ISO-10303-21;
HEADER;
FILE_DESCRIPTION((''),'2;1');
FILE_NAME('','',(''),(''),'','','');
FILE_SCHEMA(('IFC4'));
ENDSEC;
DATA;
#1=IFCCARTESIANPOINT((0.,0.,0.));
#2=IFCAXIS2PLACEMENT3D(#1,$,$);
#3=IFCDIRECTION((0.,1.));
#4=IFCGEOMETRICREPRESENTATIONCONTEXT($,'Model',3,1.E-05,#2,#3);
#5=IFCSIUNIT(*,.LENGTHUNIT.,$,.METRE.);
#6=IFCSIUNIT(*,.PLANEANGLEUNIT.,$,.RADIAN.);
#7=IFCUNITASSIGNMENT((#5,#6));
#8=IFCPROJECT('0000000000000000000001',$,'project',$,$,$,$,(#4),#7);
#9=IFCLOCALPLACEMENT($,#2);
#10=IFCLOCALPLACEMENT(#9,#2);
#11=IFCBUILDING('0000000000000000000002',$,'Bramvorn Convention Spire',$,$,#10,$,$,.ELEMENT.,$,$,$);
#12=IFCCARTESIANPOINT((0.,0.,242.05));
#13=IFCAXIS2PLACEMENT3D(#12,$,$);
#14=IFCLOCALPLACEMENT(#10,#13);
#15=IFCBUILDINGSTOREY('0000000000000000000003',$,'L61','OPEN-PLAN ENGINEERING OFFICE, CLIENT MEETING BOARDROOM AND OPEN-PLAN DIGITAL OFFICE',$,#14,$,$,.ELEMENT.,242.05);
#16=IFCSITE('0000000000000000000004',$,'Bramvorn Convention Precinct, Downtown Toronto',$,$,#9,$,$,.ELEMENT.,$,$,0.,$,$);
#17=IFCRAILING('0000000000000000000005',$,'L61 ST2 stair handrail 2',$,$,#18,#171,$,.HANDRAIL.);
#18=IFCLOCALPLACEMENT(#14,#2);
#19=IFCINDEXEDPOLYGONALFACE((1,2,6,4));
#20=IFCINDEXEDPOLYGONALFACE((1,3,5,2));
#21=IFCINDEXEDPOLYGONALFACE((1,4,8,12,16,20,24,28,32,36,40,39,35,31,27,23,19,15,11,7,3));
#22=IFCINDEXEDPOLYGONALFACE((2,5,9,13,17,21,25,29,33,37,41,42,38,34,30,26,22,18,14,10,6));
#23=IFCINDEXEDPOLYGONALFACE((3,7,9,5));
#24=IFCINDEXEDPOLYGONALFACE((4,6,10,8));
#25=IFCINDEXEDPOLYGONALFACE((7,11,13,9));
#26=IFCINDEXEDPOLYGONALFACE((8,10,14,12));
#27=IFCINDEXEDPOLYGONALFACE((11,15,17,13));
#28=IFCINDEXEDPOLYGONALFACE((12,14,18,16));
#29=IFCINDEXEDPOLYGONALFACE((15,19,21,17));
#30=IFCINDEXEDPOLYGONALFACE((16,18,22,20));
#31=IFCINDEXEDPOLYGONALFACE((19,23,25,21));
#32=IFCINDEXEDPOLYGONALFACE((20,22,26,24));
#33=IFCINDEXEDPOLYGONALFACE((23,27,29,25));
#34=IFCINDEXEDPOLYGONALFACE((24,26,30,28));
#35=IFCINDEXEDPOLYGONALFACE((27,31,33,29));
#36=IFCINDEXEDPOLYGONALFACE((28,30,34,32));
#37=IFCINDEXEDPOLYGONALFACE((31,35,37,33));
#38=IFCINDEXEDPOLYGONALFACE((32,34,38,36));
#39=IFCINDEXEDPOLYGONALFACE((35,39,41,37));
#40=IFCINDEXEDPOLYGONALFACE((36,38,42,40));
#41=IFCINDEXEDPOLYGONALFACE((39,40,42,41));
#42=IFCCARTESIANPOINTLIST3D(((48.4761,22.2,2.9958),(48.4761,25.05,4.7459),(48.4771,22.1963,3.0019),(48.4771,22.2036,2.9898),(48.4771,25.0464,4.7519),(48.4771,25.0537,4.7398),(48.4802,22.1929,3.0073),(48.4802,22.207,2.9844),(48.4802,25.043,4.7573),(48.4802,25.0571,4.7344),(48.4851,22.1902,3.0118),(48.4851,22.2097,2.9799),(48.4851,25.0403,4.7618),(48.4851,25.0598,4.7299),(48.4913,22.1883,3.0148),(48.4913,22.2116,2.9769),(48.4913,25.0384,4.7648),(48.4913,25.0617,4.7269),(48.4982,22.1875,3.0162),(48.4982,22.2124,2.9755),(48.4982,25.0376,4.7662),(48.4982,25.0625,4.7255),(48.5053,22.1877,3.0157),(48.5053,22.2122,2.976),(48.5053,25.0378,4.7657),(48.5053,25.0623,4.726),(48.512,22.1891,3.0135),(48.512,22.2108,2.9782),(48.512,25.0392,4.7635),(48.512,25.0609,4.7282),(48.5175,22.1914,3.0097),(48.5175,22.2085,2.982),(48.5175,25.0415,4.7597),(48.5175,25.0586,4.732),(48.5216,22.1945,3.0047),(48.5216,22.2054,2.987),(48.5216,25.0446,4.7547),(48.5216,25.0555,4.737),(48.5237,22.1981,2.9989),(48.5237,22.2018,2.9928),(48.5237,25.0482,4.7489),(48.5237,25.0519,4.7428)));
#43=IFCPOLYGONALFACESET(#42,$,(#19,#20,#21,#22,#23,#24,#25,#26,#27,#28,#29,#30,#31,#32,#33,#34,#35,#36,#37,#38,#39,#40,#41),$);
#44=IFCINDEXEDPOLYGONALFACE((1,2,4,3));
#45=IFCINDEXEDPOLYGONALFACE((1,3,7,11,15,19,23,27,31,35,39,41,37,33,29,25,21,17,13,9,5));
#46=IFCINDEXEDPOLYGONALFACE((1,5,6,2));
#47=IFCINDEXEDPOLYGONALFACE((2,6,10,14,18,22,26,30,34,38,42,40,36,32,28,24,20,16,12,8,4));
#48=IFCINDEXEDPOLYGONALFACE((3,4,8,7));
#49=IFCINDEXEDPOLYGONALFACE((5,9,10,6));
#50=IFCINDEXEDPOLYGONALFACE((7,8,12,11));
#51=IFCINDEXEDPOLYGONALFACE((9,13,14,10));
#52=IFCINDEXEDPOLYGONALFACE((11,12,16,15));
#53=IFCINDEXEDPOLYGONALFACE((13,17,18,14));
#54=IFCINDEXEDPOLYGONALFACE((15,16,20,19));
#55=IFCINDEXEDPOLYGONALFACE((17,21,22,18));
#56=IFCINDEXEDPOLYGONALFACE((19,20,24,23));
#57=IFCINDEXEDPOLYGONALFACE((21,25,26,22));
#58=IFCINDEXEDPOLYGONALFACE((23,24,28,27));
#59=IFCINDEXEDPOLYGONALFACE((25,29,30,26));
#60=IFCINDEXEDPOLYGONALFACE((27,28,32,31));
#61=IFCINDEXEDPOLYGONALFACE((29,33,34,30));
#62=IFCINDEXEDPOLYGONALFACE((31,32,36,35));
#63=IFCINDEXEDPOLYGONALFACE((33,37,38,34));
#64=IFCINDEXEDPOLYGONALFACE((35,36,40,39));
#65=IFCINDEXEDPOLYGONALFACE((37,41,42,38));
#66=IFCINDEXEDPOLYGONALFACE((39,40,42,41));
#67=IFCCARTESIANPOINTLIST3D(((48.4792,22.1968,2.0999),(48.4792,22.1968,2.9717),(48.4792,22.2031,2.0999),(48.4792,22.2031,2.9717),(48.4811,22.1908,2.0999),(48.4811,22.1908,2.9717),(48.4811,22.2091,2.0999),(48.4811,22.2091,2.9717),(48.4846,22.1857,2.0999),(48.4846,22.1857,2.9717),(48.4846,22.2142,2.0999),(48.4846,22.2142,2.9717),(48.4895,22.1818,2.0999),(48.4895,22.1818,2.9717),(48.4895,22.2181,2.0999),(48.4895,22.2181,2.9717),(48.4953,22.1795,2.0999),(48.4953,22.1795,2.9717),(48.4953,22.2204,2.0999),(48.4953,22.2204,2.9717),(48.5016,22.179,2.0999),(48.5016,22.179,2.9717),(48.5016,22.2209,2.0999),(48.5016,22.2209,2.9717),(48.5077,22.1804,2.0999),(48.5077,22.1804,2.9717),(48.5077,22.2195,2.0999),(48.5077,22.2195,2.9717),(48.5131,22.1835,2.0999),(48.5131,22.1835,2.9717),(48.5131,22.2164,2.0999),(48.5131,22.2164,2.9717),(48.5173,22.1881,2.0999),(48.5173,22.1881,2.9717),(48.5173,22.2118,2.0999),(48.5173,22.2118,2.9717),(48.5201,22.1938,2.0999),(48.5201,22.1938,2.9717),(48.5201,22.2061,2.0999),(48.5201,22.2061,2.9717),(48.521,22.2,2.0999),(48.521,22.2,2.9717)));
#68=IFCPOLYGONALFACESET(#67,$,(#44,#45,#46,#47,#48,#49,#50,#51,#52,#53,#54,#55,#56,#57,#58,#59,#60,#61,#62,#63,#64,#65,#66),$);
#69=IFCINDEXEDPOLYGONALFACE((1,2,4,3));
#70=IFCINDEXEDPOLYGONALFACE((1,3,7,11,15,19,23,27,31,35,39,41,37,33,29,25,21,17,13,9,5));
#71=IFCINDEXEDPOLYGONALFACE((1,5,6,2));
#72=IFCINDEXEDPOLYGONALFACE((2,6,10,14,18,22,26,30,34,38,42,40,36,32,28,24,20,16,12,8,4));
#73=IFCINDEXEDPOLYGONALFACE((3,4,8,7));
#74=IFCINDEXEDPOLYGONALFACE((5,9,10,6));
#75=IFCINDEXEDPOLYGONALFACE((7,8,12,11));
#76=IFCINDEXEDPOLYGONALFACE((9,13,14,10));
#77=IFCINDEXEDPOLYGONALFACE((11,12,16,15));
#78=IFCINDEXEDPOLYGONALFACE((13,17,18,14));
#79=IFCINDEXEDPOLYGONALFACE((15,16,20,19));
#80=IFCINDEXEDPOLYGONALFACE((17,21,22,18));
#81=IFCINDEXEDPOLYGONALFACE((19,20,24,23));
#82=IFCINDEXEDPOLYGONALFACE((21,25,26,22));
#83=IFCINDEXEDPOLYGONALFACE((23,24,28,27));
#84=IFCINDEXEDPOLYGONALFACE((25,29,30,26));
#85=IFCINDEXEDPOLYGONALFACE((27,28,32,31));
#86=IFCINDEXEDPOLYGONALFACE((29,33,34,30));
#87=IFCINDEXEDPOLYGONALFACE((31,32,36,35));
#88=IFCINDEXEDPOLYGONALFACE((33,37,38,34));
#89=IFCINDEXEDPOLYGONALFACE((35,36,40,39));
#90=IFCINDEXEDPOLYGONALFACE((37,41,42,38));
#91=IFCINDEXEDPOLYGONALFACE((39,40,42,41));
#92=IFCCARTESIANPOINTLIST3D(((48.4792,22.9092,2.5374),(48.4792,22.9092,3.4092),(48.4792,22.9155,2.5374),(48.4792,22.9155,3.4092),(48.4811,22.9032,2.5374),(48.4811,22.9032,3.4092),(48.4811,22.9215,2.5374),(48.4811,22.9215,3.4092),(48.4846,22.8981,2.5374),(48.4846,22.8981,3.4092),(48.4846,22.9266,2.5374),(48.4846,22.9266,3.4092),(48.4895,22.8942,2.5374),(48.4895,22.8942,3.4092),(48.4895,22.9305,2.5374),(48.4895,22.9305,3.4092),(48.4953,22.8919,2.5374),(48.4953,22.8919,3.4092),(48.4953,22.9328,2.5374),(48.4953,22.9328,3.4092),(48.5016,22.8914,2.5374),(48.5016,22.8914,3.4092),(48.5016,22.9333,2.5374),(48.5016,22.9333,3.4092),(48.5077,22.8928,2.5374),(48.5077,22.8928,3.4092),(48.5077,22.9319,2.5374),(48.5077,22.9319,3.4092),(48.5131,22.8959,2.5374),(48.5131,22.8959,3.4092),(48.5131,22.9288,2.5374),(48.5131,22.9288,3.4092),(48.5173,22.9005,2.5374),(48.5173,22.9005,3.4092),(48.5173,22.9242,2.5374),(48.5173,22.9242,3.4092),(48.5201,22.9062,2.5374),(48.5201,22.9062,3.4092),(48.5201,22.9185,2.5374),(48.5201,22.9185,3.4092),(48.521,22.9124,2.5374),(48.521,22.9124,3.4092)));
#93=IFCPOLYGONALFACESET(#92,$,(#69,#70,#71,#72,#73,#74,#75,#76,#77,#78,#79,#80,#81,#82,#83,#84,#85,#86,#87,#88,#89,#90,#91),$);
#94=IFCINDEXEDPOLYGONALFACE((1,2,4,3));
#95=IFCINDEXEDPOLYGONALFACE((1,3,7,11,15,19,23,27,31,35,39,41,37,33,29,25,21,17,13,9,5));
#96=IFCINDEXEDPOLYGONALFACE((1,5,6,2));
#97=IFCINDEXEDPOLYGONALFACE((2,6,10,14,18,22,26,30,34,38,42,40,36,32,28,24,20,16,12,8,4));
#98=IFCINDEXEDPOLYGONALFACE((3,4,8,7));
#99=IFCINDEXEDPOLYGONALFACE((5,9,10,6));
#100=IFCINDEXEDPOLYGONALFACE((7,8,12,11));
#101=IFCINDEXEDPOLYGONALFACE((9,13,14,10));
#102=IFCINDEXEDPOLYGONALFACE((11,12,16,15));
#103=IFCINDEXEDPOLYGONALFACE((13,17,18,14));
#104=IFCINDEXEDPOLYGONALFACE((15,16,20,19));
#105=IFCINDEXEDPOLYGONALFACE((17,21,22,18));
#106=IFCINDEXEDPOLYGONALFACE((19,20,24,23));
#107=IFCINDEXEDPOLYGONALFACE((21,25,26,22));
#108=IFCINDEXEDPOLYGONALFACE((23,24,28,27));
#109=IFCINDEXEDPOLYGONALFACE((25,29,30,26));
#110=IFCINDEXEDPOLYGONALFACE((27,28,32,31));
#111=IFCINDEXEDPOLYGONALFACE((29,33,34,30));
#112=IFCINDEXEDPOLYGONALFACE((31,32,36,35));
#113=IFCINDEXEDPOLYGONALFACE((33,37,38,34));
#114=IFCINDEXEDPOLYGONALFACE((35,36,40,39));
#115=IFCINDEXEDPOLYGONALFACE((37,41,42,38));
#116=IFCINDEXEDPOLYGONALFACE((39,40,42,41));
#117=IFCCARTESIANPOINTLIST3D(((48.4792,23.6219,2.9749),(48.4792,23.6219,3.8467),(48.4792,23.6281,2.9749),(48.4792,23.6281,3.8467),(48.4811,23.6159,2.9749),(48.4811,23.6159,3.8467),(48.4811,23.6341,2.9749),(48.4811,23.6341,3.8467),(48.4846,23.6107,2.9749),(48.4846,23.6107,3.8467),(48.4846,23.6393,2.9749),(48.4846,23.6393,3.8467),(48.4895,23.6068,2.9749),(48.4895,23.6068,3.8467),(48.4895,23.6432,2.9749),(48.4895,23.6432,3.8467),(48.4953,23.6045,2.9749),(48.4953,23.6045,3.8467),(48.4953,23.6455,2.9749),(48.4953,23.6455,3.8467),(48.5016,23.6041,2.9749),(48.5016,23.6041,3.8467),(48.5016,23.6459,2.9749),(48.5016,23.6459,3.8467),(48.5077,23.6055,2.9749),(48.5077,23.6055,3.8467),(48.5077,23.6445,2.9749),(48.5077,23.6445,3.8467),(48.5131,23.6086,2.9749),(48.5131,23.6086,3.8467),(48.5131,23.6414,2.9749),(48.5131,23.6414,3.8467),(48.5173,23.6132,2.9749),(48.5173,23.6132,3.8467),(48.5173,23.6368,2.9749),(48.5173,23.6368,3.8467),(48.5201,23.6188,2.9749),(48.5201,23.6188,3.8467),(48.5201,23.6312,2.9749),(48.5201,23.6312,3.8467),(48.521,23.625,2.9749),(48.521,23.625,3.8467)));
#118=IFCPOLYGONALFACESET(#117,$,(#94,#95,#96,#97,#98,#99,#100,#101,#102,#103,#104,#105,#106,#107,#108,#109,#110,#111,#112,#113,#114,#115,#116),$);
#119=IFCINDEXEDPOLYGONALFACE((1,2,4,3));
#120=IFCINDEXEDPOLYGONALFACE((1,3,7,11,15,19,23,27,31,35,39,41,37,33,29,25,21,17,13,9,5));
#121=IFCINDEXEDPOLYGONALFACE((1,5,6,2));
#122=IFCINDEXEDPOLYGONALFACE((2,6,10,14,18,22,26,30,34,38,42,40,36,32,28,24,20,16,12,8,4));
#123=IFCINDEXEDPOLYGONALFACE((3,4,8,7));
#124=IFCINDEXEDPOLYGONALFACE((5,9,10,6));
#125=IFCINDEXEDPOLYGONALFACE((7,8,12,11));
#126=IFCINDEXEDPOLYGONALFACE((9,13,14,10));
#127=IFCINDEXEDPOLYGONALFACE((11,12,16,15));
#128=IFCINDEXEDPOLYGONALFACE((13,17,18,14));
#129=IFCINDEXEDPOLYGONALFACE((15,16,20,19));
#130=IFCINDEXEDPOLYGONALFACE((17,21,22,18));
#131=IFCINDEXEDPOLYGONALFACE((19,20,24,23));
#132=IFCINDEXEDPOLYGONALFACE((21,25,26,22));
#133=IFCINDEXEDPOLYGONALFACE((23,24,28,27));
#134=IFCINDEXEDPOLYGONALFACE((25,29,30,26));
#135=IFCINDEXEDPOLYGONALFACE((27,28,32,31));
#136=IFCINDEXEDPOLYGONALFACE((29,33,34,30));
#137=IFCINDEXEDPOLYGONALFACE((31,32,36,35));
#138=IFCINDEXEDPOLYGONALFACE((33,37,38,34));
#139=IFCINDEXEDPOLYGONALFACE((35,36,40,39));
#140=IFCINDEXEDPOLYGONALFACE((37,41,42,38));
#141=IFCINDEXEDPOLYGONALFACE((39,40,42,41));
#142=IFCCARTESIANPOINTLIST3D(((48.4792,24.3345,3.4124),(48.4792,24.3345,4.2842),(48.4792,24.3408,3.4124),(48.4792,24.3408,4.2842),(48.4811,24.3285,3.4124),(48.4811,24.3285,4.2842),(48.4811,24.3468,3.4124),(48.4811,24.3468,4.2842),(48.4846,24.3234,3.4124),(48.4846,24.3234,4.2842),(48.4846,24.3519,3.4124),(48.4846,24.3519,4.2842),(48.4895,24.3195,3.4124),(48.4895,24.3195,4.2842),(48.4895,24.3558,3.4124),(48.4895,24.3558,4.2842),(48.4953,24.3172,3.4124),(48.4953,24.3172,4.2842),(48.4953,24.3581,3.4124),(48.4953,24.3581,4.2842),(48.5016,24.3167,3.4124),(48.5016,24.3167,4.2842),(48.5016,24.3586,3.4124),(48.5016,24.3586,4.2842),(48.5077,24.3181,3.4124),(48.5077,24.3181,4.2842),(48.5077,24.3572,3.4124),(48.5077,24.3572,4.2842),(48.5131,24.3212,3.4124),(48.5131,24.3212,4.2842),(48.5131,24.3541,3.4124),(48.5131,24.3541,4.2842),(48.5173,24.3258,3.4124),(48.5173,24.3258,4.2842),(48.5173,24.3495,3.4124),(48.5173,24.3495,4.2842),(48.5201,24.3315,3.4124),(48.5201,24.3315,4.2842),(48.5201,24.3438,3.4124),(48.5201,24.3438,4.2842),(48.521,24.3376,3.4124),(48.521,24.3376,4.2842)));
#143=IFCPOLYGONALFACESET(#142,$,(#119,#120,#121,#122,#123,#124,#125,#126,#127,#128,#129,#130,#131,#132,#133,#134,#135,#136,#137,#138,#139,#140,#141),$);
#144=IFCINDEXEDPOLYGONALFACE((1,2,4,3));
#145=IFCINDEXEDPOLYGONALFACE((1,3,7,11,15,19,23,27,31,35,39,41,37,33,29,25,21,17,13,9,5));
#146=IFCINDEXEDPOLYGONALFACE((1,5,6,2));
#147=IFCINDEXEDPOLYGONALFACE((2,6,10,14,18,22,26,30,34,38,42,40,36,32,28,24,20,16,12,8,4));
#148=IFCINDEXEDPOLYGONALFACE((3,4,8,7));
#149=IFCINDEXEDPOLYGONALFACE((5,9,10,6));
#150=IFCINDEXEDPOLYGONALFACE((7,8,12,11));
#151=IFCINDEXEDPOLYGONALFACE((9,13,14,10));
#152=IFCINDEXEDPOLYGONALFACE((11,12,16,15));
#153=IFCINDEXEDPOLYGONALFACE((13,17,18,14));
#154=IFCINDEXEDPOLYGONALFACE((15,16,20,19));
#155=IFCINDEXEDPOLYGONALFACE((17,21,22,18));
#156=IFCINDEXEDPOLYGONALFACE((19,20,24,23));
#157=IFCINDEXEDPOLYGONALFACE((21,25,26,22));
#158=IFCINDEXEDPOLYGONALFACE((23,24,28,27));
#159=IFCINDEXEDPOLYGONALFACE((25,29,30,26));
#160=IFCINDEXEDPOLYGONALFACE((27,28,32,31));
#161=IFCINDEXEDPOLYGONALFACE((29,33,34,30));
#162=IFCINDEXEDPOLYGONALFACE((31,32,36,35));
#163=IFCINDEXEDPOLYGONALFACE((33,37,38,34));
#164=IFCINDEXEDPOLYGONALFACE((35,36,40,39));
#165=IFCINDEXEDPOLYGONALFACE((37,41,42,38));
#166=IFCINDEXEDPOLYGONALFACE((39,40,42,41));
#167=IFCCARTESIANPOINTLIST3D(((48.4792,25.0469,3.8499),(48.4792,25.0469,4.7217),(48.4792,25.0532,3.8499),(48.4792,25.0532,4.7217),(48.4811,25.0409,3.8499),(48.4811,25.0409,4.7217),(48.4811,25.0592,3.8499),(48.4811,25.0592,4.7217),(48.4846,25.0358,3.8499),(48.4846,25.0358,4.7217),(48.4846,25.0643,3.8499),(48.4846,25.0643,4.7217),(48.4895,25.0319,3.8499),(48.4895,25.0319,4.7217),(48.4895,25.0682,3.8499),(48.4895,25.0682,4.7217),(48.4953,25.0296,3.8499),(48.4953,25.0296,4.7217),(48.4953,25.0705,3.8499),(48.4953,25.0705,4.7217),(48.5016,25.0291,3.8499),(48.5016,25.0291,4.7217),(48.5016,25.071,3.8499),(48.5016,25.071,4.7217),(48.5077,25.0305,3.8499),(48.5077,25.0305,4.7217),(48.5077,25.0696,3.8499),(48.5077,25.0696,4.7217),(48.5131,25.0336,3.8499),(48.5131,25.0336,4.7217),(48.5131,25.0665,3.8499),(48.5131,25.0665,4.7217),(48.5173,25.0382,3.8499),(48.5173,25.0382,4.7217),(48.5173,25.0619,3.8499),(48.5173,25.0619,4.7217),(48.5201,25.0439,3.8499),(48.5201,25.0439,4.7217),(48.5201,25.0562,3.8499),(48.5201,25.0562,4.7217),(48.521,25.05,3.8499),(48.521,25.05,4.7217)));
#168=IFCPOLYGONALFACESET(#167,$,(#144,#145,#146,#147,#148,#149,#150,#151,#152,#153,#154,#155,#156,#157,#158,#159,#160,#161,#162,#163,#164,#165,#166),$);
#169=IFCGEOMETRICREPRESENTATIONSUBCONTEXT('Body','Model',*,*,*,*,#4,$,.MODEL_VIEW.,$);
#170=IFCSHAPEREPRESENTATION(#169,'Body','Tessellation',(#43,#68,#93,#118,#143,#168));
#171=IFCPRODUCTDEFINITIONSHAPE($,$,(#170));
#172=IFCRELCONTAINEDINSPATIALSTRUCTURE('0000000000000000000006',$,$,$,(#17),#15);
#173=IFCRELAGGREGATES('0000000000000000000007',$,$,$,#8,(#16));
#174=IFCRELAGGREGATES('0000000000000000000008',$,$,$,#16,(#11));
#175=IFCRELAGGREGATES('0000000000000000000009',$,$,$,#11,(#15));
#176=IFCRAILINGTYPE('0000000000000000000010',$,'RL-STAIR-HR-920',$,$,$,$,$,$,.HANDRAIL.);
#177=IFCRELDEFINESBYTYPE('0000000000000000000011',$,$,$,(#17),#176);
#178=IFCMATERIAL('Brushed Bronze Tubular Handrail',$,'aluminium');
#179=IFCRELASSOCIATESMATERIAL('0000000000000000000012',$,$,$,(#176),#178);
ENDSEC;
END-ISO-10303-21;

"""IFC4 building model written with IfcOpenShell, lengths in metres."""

from ifc_helpers import new_model, si_unit, direction, frame, origin, origin_2d, place, context, subcontext, project, spatial, circle, extrude, material, type_object, element, save


model = new_model("IFC4")

# Units and contexts
model_context = context("Model", 3, precision=1e-05, world=origin(), true_north=direction((0.0, 1.0)))
body_context = subcontext(model_context, "Body", "Model", "MODEL_VIEW")
ifc_project = project(units=[si_unit("LENGTHUNIT", "METRE"), si_unit("PLANEANGLEUNIT", "RADIAN")], contexts=[model_context])

# Site, building, storey
site_placement = place(None, origin())
site = spatial("IfcSite", under=ifc_project, at=site_placement, Name="Bramvorn Convention Precinct, Downtown Toronto", CompositionType="ELEMENT", RefElevation=0.0)
building_placement = place(site_placement, origin())
building = spatial("IfcBuilding", under=site, at=building_placement, Name="Bramvorn Convention Spire", CompositionType="ELEMENT")
storey_placement = place(building_placement, frame((0.0, 0.0, 242.05)))
storey = spatial("IfcBuildingStorey", under=building, at=storey_placement, Name="L61", Description="OPEN-PLAN ENGINEERING OFFICE, CLIENT MEETING BOARDROOM AND OPEN-PLAN DIGITAL OFFICE", CompositionType="ELEMENT", Elevation=242.05)

# Railing
ifc_material_1 = material(Name="Brushed Bronze Tubular Handrail", Category="aluminium")
railing_type_1 = type_object("IfcRailingType", Name="RL-STAIR-HR-920", PredefinedType="HANDRAIL", material=ifc_material_1)
railing_1_placement = place(storey_placement, frame((48.5, 22.2, 2.0999)))
element("IfcRailing", 1, at=railing_1_placement, inside=storey, type_object=railing_type_1, Name="L61 ST2 stair handrail 2", PredefinedType="HANDRAIL", context=body_context, shape_type="SweptSolid", body=[
    extrude(circle(Radius=0.0239, at=origin_2d()), frame((0.0, 0.0, 0.896), z_axis=(0.0, 0.852179, 0.52325), x_axis=(-1.0, 0.0, 0.0)), (0.0, 0.0, 1.0), 3.3445),
    extrude(circle(Radius=0.021, at=origin_2d()), origin(), (0.0, 0.0, 1.0), 0.8718),
    extrude(circle(Radius=0.021, at=origin_2d()), frame((0.0, 0.7124, 0.4375)), (0.0, 0.0, 1.0), 0.8718),
    extrude(circle(Radius=0.021, at=origin_2d()), frame((0.0, 1.425, 0.875)), (0.0, 0.0, 1.0), 0.8718),
    extrude(circle(Radius=0.021, at=origin_2d()), frame((0.0, 2.1377, 1.3125)), (0.0, 0.0, 1.0), 0.8718),
    extrude(circle(Radius=0.021, at=origin_2d()), frame((0.0, 2.8501, 1.75)), (0.0, 0.0, 1.0), 0.8718),
])

save(model, "model.ifc")
